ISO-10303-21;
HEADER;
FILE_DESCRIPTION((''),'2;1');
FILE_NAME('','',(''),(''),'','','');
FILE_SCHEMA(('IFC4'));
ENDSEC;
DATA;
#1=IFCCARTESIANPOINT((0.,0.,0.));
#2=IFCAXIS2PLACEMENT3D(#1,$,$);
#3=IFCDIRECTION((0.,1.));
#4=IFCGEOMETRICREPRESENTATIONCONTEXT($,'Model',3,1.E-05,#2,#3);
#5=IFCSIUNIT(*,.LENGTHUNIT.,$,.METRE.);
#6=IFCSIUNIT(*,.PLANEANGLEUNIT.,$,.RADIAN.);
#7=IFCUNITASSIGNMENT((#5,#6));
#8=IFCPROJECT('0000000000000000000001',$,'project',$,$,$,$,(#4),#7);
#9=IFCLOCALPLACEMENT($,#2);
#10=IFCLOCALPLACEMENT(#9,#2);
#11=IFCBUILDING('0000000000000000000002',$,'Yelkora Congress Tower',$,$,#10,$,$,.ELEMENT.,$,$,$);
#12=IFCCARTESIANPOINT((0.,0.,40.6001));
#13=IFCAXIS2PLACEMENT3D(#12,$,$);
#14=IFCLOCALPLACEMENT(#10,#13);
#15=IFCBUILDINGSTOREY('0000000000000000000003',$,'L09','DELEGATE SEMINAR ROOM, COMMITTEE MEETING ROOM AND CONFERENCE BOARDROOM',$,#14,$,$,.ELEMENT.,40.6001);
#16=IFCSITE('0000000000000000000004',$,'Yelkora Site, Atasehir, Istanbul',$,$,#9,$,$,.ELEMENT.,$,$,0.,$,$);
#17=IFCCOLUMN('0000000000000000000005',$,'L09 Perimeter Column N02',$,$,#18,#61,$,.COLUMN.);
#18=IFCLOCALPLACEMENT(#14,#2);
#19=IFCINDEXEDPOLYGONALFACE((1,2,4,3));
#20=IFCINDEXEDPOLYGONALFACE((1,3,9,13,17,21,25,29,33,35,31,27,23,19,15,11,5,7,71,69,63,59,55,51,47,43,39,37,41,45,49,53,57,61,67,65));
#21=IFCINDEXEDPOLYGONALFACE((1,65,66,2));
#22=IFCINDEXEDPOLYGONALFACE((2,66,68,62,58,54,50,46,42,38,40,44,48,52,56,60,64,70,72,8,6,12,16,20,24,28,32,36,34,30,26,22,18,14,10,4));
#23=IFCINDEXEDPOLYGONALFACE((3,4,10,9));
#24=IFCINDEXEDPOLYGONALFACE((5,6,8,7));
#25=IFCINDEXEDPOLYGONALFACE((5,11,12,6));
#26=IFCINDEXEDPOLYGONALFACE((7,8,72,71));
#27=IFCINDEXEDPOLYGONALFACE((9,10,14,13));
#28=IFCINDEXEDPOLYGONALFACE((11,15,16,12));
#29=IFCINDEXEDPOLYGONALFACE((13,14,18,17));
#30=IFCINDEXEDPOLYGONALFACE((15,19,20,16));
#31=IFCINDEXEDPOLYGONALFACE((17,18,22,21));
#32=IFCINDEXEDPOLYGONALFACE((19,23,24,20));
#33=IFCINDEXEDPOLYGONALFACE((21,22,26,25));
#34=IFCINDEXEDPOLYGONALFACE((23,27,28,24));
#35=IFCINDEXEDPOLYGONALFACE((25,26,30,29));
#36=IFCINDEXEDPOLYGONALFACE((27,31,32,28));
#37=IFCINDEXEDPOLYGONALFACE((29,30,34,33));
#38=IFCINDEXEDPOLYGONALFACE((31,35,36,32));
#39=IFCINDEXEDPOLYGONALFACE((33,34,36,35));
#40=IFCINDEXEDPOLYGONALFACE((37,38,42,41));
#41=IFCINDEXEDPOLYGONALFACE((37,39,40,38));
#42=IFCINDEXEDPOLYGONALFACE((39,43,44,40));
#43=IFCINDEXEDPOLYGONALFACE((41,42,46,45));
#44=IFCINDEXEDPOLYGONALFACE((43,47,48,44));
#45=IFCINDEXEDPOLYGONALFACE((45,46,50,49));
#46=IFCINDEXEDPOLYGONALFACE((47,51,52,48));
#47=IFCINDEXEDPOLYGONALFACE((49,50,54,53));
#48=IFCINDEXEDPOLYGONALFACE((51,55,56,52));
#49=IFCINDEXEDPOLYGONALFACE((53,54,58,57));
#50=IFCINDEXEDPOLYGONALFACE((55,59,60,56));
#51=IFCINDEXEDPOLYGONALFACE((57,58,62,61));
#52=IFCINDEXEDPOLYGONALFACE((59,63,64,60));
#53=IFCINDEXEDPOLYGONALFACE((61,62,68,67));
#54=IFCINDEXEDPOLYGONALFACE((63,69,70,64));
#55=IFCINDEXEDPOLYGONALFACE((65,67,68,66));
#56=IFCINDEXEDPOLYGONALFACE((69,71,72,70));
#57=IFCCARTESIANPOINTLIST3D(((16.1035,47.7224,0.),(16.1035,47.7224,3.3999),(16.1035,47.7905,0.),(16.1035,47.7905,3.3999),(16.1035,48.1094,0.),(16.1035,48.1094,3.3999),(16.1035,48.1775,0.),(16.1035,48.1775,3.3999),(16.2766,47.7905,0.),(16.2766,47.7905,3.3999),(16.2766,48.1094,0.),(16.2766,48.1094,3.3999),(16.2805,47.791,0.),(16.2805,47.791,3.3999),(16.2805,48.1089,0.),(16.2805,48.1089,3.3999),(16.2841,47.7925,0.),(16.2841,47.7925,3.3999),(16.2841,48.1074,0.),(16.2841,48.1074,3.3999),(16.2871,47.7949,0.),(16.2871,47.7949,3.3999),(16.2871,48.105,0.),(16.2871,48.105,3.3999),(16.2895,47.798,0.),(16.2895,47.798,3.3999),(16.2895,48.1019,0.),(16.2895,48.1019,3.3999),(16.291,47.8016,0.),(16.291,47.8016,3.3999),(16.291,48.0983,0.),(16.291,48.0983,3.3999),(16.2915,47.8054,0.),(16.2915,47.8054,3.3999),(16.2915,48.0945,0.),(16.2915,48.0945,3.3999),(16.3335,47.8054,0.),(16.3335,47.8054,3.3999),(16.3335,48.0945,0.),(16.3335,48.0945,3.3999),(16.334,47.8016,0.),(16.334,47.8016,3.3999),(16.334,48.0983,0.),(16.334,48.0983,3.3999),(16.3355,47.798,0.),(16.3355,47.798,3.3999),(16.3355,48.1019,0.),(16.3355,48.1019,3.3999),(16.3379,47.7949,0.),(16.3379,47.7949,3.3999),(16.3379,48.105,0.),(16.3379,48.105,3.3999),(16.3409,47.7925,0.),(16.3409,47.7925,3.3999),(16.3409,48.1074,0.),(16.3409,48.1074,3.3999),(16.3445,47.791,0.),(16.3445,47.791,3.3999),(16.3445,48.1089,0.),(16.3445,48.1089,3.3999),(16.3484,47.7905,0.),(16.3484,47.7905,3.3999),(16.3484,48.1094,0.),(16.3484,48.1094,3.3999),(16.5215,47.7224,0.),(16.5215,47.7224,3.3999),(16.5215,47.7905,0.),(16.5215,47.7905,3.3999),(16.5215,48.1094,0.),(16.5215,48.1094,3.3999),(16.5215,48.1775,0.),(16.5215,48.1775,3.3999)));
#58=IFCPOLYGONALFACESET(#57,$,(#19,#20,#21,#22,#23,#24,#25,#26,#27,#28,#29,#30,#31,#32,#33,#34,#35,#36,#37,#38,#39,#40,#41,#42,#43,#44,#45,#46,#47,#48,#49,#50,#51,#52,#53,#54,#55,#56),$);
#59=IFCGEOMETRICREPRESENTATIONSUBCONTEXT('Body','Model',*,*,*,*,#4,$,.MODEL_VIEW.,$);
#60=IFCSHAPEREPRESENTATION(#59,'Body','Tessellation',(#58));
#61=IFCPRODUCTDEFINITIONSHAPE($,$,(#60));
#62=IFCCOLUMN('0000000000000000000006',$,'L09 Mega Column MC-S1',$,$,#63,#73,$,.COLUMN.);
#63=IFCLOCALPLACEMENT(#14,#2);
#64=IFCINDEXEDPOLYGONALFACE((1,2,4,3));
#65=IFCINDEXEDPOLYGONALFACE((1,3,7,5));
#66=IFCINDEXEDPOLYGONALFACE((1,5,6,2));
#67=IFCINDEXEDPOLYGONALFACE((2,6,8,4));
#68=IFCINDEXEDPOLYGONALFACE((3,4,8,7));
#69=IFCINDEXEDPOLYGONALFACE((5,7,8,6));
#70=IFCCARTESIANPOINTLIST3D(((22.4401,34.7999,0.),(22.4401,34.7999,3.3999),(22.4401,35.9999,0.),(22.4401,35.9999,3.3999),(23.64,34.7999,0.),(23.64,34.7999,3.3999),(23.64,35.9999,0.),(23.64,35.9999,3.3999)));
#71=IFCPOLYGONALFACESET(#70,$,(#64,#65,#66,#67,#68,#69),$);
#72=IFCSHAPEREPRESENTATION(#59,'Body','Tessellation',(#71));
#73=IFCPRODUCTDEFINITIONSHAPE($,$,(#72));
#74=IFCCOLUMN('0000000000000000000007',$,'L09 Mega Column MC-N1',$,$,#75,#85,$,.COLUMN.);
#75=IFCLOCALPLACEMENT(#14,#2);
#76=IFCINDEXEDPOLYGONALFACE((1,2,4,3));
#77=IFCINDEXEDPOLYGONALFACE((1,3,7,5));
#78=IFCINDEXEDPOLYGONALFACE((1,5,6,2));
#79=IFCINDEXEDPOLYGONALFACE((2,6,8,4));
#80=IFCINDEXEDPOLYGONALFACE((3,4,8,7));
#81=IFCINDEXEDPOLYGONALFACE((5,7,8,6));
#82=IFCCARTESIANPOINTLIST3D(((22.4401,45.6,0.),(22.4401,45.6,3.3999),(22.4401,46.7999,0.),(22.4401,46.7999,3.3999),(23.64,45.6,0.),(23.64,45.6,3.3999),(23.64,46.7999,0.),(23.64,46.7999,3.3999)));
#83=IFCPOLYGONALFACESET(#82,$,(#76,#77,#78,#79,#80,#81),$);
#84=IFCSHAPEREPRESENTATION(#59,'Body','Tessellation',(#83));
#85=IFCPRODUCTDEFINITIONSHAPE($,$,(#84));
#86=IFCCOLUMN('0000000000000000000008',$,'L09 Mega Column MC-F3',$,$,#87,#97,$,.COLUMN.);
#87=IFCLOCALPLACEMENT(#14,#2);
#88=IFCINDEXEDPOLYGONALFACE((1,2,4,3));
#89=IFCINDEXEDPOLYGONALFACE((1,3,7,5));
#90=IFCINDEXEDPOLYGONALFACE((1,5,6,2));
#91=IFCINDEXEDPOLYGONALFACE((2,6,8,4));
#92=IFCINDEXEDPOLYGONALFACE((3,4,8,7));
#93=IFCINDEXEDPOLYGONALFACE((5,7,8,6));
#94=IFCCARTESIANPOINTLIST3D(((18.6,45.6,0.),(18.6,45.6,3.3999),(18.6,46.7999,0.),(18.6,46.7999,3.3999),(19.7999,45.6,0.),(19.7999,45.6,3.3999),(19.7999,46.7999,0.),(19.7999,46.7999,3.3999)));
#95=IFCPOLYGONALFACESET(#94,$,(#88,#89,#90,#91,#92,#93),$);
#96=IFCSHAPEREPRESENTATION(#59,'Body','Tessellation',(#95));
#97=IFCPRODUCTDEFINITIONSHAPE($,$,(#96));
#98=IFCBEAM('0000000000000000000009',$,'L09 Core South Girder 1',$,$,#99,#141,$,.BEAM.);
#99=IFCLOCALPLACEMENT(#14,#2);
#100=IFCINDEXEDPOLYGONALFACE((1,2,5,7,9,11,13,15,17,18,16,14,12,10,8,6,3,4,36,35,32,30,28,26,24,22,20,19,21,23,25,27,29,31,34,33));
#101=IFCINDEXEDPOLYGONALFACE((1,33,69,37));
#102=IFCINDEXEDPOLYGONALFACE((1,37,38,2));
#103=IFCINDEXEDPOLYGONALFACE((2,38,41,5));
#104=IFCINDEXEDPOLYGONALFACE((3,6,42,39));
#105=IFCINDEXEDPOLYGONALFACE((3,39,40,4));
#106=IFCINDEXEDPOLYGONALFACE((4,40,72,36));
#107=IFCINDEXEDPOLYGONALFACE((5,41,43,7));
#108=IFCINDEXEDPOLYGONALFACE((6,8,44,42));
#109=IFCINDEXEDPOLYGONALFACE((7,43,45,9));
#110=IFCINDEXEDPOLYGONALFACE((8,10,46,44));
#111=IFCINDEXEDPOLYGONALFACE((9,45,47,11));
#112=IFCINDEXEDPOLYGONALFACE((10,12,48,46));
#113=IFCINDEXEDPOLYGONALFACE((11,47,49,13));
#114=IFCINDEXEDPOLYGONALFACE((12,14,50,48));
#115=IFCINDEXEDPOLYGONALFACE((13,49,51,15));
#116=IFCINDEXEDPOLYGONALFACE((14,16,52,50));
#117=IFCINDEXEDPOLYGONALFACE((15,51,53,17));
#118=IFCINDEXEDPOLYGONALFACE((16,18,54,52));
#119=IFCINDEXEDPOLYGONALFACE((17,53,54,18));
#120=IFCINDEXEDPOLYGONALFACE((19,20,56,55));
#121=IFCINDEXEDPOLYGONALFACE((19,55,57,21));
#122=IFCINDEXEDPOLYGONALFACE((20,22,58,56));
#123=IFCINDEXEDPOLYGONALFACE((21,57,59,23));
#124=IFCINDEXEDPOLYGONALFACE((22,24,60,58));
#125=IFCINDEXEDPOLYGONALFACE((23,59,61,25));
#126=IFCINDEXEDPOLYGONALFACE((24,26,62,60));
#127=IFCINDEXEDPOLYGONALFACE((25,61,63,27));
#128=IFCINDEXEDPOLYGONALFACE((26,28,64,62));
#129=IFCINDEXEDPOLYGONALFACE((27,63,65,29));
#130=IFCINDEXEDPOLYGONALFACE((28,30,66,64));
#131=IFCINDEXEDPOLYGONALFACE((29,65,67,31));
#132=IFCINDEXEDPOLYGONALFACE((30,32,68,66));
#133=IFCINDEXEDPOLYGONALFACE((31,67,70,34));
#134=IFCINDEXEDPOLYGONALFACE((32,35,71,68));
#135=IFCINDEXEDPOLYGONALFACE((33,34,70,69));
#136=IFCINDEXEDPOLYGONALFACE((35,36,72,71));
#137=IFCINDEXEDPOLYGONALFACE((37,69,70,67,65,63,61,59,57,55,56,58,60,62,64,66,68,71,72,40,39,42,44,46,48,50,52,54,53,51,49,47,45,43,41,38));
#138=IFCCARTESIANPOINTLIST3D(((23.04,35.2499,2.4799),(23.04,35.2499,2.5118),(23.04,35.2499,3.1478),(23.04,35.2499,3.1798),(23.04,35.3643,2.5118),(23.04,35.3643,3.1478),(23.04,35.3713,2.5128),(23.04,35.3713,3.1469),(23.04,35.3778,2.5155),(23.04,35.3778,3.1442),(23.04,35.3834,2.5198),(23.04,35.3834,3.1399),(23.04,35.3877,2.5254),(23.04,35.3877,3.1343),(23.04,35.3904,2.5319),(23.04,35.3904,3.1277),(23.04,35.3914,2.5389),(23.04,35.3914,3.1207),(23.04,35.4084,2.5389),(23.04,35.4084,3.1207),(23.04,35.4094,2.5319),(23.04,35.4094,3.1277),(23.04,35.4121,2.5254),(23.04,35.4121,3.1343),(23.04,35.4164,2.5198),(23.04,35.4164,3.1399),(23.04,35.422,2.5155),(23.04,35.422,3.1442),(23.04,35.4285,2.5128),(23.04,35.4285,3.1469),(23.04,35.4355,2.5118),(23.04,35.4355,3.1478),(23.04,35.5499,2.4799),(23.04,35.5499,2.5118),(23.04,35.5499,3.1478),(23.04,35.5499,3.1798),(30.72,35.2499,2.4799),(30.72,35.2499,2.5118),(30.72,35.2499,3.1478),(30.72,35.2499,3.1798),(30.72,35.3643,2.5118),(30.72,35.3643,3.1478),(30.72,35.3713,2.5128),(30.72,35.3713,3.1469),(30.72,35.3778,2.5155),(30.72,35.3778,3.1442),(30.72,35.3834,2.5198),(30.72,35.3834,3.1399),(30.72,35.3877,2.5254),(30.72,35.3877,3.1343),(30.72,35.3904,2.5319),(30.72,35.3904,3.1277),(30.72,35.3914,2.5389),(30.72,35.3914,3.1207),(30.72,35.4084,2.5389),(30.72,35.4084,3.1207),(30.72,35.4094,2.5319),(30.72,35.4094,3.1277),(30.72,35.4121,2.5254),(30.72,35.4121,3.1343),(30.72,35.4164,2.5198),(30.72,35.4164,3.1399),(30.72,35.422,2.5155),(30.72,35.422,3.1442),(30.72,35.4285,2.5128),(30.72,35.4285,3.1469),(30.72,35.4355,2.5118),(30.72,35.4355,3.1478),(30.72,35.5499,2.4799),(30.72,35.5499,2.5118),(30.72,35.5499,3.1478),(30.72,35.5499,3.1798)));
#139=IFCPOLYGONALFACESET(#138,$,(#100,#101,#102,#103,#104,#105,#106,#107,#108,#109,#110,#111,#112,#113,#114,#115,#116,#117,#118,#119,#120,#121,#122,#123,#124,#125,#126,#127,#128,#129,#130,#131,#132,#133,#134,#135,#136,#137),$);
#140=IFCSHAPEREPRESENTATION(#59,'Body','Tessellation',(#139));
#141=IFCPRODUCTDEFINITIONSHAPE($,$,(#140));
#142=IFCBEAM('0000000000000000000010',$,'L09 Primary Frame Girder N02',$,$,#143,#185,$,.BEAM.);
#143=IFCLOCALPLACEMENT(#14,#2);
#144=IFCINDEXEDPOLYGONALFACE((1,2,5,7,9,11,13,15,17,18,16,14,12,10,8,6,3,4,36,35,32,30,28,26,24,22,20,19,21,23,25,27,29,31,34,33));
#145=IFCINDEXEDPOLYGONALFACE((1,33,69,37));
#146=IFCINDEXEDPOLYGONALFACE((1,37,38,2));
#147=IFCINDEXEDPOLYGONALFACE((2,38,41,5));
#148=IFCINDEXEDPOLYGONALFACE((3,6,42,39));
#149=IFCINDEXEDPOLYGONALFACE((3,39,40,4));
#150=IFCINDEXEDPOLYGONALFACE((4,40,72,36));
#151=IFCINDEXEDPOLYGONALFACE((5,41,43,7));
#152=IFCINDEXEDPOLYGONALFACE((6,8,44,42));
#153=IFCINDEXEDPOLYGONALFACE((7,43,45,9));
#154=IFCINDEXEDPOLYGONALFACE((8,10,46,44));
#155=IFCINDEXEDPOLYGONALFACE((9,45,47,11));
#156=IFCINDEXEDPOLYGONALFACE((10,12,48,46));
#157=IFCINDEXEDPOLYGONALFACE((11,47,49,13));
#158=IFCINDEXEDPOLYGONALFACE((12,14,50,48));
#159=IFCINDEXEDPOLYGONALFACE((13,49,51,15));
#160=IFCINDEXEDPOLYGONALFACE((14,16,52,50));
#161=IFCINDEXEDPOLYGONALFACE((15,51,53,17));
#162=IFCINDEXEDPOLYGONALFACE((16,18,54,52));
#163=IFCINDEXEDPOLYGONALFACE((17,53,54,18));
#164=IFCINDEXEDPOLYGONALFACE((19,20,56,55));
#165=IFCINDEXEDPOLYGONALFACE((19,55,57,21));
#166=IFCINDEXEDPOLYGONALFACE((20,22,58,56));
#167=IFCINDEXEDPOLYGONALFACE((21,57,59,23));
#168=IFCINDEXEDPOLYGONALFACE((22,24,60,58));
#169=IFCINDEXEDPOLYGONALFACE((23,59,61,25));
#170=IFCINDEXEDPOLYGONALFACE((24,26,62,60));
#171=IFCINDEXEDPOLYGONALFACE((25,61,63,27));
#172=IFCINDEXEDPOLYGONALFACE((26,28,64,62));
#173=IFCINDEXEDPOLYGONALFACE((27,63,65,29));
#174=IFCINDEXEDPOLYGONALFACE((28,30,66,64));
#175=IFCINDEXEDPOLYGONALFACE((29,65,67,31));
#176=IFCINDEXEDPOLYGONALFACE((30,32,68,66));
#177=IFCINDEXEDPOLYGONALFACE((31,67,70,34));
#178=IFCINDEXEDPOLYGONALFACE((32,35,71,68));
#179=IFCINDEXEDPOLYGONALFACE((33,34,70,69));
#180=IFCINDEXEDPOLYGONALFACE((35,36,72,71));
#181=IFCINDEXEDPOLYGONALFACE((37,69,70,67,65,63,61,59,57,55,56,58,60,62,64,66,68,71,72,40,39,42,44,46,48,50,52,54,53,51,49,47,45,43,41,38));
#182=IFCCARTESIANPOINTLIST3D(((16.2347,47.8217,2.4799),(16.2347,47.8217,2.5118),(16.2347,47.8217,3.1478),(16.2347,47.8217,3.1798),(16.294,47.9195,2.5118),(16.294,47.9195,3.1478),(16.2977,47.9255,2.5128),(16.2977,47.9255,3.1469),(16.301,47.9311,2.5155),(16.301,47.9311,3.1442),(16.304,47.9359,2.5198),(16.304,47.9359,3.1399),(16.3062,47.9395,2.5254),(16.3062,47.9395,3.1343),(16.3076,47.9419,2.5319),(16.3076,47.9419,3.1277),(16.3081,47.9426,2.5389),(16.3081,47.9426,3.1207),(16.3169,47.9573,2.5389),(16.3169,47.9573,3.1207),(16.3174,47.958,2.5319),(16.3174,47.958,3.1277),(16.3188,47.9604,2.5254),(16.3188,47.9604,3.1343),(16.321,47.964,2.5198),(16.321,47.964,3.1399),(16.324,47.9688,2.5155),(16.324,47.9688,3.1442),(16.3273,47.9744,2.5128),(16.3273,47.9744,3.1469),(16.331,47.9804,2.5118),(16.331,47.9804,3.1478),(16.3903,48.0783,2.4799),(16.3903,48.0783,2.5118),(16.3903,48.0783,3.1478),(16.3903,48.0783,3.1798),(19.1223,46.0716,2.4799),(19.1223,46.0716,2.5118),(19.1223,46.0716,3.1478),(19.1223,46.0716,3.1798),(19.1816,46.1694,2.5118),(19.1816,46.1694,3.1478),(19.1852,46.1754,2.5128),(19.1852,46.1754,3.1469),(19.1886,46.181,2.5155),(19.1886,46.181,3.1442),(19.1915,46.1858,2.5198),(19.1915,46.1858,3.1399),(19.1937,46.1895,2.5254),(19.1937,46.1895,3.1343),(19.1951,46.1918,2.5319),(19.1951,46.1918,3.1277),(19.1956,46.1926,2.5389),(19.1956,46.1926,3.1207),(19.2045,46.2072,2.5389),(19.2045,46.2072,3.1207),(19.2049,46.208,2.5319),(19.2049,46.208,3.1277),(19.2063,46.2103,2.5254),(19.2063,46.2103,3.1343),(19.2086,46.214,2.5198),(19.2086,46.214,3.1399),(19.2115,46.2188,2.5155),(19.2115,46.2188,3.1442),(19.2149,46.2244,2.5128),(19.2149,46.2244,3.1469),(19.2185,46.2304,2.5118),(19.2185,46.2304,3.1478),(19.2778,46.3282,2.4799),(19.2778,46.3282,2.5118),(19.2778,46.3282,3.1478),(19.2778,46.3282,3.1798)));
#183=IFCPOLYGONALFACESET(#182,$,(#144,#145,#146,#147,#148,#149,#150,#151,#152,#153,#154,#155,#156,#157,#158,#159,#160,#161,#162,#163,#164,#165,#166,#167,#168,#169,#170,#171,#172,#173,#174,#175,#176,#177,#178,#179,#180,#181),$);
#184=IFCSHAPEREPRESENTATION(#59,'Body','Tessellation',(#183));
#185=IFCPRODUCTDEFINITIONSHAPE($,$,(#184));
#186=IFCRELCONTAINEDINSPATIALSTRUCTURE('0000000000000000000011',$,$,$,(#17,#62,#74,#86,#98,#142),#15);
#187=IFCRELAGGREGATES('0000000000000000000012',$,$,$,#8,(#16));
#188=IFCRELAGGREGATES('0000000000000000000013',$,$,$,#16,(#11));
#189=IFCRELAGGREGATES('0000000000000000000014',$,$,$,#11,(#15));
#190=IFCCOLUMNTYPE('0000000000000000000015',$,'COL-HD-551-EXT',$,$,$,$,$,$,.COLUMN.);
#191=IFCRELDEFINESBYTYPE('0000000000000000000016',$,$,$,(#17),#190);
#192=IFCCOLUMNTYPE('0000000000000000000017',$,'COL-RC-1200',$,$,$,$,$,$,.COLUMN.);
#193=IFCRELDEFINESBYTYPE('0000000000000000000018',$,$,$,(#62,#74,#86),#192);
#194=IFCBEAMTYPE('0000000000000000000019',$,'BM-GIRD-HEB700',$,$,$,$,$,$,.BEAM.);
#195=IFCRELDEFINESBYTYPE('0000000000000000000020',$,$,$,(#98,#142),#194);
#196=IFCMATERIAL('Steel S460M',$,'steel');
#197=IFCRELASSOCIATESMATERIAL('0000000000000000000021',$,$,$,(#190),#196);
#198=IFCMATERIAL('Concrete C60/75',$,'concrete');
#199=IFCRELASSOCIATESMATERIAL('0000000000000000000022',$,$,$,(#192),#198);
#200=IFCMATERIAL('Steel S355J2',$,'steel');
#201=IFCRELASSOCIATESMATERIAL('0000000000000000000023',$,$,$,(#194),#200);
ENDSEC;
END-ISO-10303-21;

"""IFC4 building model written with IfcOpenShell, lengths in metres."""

from ifc_helpers import new_model, si_unit, direction, frame, origin, origin_2d, place, context, subcontext, project, spatial, rectangle, i_section, extrude, material, material_profile, profile_set, type_object, element, save


model = new_model("IFC4")

# Units and contexts
model_context = context("Model", 3, precision=1e-05, world=origin(), true_north=direction((0.0, 1.0)))
body_context = subcontext(model_context, "Body", "Model", "MODEL_VIEW")
ifc_project = project(units=[si_unit("LENGTHUNIT", "METRE"), si_unit("PLANEANGLEUNIT", "RADIAN")], contexts=[model_context])

# Site, building, storey
site_placement = place(None, origin())
site = spatial("IfcSite", under=ifc_project, at=site_placement, Name="Yelkora Site, Atasehir, Istanbul", CompositionType="ELEMENT", RefElevation=0.0)
building_placement = place(site_placement, origin())
building = spatial("IfcBuilding", under=site, at=building_placement, Name="Yelkora Congress Tower", CompositionType="ELEMENT")
storey_placement = place(building_placement, frame((0.0, 0.0, 40.6001)))
storey = spatial("IfcBuildingStorey", under=building, at=storey_placement, Name="L09", Description="DELEGATE SEMINAR ROOM, COMMITTEE MEETING ROOM AND CONFERENCE BOARDROOM", CompositionType="ELEMENT", Elevation=40.6001)

# Columns
ifc_material_1 = material(Name="Steel S460M", Category="steel")
ifc_material_profile_1 = material_profile(ifc_material_1, i_section(OverallWidth=0.418, OverallDepth=0.4551, WebThickness=0.042, FlangeThickness=0.0681, FilletRadius=0.0149, at=origin_2d()), Name="HD 400x551")
ifc_profile_set_1 = profile_set([ifc_material_profile_1], Name="Steel S460M")
column_type_1 = type_object("IfcColumnType", Name="COL-HD-551-EXT", PredefinedType="COLUMN", material=ifc_profile_set_1)
column_placement = place(storey_placement, frame((16.3125, 47.95, 0.0), z_axis=(0.0, 0.0, 1.0), x_axis=(1.0, 0.0, 0.0)))
element("IfcColumn", 1, at=column_placement, inside=storey, type_object=column_type_1, Name="L09 Perimeter Column N02", PredefinedType="COLUMN", context=body_context, shape_type="SweptSolid", body=[
    extrude(i_section(OverallWidth=0.418, OverallDepth=0.4551, WebThickness=0.042, FlangeThickness=0.0681, FilletRadius=0.0149, at=origin_2d()), origin(), (0.0, 0.0, 1.0), 3.3999),
])
ifc_material_2 = material(Name="Concrete C60/75", Category="concrete")
ifc_material_profile_2 = material_profile(ifc_material_2, rectangle(XDim=1.2, YDim=1.2, at=origin_2d()), Name="RC 1200x1200")
ifc_profile_set_2 = profile_set([ifc_material_profile_2], Name="Concrete C60/75")
column_type_2 = type_object("IfcColumnType", Name="COL-RC-1200", PredefinedType="COLUMN", material=ifc_profile_set_2)
for number, where, z_axis, x_axis, name in (
    (2, (23.04, 35.3999, 0.0), (0.0, 0.0, 1.0), (1.0, 0.0, 0.0), "L09 Mega Column MC-S1"),
    (3, (23.04, 46.2, 0.0), (0.0, 0.0, 1.0), (1.0, 0.0, 0.0), "L09 Mega Column MC-N1"),
    (4, (19.2, 46.2, 0.0), (0.0, 0.0, 1.0), (1.0, 0.0, 0.0), "L09 Mega Column MC-F3"),
):
    element("IfcColumn", number, at=place(storey_placement, frame(where, z_axis=z_axis, x_axis=x_axis)), inside=storey, type_object=column_type_2, Name=name, PredefinedType="COLUMN", context=body_context, shape_type="SweptSolid", body=[
        extrude(rectangle(XDim=1.2, YDim=1.2, at=origin_2d()), origin(), (0.0, 0.0, 1.0), 3.3999),
    ])

# Beams
ifc_material_3 = material(Name="Steel S355J2", Category="steel")
ifc_material_profile_3 = material_profile(ifc_material_3, i_section(OverallWidth=0.3, OverallDepth=0.7, WebThickness=0.0171, FlangeThickness=0.032, FilletRadius=0.0271, at=origin_2d()), Name="HEB 700")
ifc_profile_set_3 = profile_set([ifc_material_profile_3], Name="Steel S355J2")
beam_type_1 = type_object("IfcBeamType", Name="BM-GIRD-HEB700", PredefinedType="BEAM", material=ifc_profile_set_3)
beam_1_placement = place(storey_placement, frame((23.04, 35.3999, 2.8298), z_axis=(1.0, 0.0, 0.0), x_axis=(0.0, 1.0, 0.0)))
element("IfcBeam", 5, at=beam_1_placement, inside=storey, type_object=beam_type_1, Name="L09 Core South Girder 1", PredefinedType="BEAM", context=body_context, shape_type="SweptSolid", body=[
    extrude(i_section(OverallWidth=0.3, OverallDepth=0.7, WebThickness=0.0171, FlangeThickness=0.032, FilletRadius=0.0271, at=origin_2d()), origin(), (0.0, 0.0, 1.0), 7.6799),
])
beam_2_placement = place(storey_placement, frame((16.3125, 47.95, 2.8298), z_axis=(0.855194, -0.518308, 0.0), x_axis=(0.518308, 0.855194, 0.0)))
element("IfcBeam", 6, at=beam_2_placement, inside=storey, type_object=beam_type_1, Name="L09 Primary Frame Girder N02", PredefinedType="BEAM", context=body_context, shape_type="SweptSolid", body=[
    extrude(i_section(OverallWidth=0.3, OverallDepth=0.7, WebThickness=0.0171, FlangeThickness=0.032, FilletRadius=0.0271, at=origin_2d()), origin(), (0.0, 0.0, 1.0), 3.3765),
])

save(model, "model.ifc")
